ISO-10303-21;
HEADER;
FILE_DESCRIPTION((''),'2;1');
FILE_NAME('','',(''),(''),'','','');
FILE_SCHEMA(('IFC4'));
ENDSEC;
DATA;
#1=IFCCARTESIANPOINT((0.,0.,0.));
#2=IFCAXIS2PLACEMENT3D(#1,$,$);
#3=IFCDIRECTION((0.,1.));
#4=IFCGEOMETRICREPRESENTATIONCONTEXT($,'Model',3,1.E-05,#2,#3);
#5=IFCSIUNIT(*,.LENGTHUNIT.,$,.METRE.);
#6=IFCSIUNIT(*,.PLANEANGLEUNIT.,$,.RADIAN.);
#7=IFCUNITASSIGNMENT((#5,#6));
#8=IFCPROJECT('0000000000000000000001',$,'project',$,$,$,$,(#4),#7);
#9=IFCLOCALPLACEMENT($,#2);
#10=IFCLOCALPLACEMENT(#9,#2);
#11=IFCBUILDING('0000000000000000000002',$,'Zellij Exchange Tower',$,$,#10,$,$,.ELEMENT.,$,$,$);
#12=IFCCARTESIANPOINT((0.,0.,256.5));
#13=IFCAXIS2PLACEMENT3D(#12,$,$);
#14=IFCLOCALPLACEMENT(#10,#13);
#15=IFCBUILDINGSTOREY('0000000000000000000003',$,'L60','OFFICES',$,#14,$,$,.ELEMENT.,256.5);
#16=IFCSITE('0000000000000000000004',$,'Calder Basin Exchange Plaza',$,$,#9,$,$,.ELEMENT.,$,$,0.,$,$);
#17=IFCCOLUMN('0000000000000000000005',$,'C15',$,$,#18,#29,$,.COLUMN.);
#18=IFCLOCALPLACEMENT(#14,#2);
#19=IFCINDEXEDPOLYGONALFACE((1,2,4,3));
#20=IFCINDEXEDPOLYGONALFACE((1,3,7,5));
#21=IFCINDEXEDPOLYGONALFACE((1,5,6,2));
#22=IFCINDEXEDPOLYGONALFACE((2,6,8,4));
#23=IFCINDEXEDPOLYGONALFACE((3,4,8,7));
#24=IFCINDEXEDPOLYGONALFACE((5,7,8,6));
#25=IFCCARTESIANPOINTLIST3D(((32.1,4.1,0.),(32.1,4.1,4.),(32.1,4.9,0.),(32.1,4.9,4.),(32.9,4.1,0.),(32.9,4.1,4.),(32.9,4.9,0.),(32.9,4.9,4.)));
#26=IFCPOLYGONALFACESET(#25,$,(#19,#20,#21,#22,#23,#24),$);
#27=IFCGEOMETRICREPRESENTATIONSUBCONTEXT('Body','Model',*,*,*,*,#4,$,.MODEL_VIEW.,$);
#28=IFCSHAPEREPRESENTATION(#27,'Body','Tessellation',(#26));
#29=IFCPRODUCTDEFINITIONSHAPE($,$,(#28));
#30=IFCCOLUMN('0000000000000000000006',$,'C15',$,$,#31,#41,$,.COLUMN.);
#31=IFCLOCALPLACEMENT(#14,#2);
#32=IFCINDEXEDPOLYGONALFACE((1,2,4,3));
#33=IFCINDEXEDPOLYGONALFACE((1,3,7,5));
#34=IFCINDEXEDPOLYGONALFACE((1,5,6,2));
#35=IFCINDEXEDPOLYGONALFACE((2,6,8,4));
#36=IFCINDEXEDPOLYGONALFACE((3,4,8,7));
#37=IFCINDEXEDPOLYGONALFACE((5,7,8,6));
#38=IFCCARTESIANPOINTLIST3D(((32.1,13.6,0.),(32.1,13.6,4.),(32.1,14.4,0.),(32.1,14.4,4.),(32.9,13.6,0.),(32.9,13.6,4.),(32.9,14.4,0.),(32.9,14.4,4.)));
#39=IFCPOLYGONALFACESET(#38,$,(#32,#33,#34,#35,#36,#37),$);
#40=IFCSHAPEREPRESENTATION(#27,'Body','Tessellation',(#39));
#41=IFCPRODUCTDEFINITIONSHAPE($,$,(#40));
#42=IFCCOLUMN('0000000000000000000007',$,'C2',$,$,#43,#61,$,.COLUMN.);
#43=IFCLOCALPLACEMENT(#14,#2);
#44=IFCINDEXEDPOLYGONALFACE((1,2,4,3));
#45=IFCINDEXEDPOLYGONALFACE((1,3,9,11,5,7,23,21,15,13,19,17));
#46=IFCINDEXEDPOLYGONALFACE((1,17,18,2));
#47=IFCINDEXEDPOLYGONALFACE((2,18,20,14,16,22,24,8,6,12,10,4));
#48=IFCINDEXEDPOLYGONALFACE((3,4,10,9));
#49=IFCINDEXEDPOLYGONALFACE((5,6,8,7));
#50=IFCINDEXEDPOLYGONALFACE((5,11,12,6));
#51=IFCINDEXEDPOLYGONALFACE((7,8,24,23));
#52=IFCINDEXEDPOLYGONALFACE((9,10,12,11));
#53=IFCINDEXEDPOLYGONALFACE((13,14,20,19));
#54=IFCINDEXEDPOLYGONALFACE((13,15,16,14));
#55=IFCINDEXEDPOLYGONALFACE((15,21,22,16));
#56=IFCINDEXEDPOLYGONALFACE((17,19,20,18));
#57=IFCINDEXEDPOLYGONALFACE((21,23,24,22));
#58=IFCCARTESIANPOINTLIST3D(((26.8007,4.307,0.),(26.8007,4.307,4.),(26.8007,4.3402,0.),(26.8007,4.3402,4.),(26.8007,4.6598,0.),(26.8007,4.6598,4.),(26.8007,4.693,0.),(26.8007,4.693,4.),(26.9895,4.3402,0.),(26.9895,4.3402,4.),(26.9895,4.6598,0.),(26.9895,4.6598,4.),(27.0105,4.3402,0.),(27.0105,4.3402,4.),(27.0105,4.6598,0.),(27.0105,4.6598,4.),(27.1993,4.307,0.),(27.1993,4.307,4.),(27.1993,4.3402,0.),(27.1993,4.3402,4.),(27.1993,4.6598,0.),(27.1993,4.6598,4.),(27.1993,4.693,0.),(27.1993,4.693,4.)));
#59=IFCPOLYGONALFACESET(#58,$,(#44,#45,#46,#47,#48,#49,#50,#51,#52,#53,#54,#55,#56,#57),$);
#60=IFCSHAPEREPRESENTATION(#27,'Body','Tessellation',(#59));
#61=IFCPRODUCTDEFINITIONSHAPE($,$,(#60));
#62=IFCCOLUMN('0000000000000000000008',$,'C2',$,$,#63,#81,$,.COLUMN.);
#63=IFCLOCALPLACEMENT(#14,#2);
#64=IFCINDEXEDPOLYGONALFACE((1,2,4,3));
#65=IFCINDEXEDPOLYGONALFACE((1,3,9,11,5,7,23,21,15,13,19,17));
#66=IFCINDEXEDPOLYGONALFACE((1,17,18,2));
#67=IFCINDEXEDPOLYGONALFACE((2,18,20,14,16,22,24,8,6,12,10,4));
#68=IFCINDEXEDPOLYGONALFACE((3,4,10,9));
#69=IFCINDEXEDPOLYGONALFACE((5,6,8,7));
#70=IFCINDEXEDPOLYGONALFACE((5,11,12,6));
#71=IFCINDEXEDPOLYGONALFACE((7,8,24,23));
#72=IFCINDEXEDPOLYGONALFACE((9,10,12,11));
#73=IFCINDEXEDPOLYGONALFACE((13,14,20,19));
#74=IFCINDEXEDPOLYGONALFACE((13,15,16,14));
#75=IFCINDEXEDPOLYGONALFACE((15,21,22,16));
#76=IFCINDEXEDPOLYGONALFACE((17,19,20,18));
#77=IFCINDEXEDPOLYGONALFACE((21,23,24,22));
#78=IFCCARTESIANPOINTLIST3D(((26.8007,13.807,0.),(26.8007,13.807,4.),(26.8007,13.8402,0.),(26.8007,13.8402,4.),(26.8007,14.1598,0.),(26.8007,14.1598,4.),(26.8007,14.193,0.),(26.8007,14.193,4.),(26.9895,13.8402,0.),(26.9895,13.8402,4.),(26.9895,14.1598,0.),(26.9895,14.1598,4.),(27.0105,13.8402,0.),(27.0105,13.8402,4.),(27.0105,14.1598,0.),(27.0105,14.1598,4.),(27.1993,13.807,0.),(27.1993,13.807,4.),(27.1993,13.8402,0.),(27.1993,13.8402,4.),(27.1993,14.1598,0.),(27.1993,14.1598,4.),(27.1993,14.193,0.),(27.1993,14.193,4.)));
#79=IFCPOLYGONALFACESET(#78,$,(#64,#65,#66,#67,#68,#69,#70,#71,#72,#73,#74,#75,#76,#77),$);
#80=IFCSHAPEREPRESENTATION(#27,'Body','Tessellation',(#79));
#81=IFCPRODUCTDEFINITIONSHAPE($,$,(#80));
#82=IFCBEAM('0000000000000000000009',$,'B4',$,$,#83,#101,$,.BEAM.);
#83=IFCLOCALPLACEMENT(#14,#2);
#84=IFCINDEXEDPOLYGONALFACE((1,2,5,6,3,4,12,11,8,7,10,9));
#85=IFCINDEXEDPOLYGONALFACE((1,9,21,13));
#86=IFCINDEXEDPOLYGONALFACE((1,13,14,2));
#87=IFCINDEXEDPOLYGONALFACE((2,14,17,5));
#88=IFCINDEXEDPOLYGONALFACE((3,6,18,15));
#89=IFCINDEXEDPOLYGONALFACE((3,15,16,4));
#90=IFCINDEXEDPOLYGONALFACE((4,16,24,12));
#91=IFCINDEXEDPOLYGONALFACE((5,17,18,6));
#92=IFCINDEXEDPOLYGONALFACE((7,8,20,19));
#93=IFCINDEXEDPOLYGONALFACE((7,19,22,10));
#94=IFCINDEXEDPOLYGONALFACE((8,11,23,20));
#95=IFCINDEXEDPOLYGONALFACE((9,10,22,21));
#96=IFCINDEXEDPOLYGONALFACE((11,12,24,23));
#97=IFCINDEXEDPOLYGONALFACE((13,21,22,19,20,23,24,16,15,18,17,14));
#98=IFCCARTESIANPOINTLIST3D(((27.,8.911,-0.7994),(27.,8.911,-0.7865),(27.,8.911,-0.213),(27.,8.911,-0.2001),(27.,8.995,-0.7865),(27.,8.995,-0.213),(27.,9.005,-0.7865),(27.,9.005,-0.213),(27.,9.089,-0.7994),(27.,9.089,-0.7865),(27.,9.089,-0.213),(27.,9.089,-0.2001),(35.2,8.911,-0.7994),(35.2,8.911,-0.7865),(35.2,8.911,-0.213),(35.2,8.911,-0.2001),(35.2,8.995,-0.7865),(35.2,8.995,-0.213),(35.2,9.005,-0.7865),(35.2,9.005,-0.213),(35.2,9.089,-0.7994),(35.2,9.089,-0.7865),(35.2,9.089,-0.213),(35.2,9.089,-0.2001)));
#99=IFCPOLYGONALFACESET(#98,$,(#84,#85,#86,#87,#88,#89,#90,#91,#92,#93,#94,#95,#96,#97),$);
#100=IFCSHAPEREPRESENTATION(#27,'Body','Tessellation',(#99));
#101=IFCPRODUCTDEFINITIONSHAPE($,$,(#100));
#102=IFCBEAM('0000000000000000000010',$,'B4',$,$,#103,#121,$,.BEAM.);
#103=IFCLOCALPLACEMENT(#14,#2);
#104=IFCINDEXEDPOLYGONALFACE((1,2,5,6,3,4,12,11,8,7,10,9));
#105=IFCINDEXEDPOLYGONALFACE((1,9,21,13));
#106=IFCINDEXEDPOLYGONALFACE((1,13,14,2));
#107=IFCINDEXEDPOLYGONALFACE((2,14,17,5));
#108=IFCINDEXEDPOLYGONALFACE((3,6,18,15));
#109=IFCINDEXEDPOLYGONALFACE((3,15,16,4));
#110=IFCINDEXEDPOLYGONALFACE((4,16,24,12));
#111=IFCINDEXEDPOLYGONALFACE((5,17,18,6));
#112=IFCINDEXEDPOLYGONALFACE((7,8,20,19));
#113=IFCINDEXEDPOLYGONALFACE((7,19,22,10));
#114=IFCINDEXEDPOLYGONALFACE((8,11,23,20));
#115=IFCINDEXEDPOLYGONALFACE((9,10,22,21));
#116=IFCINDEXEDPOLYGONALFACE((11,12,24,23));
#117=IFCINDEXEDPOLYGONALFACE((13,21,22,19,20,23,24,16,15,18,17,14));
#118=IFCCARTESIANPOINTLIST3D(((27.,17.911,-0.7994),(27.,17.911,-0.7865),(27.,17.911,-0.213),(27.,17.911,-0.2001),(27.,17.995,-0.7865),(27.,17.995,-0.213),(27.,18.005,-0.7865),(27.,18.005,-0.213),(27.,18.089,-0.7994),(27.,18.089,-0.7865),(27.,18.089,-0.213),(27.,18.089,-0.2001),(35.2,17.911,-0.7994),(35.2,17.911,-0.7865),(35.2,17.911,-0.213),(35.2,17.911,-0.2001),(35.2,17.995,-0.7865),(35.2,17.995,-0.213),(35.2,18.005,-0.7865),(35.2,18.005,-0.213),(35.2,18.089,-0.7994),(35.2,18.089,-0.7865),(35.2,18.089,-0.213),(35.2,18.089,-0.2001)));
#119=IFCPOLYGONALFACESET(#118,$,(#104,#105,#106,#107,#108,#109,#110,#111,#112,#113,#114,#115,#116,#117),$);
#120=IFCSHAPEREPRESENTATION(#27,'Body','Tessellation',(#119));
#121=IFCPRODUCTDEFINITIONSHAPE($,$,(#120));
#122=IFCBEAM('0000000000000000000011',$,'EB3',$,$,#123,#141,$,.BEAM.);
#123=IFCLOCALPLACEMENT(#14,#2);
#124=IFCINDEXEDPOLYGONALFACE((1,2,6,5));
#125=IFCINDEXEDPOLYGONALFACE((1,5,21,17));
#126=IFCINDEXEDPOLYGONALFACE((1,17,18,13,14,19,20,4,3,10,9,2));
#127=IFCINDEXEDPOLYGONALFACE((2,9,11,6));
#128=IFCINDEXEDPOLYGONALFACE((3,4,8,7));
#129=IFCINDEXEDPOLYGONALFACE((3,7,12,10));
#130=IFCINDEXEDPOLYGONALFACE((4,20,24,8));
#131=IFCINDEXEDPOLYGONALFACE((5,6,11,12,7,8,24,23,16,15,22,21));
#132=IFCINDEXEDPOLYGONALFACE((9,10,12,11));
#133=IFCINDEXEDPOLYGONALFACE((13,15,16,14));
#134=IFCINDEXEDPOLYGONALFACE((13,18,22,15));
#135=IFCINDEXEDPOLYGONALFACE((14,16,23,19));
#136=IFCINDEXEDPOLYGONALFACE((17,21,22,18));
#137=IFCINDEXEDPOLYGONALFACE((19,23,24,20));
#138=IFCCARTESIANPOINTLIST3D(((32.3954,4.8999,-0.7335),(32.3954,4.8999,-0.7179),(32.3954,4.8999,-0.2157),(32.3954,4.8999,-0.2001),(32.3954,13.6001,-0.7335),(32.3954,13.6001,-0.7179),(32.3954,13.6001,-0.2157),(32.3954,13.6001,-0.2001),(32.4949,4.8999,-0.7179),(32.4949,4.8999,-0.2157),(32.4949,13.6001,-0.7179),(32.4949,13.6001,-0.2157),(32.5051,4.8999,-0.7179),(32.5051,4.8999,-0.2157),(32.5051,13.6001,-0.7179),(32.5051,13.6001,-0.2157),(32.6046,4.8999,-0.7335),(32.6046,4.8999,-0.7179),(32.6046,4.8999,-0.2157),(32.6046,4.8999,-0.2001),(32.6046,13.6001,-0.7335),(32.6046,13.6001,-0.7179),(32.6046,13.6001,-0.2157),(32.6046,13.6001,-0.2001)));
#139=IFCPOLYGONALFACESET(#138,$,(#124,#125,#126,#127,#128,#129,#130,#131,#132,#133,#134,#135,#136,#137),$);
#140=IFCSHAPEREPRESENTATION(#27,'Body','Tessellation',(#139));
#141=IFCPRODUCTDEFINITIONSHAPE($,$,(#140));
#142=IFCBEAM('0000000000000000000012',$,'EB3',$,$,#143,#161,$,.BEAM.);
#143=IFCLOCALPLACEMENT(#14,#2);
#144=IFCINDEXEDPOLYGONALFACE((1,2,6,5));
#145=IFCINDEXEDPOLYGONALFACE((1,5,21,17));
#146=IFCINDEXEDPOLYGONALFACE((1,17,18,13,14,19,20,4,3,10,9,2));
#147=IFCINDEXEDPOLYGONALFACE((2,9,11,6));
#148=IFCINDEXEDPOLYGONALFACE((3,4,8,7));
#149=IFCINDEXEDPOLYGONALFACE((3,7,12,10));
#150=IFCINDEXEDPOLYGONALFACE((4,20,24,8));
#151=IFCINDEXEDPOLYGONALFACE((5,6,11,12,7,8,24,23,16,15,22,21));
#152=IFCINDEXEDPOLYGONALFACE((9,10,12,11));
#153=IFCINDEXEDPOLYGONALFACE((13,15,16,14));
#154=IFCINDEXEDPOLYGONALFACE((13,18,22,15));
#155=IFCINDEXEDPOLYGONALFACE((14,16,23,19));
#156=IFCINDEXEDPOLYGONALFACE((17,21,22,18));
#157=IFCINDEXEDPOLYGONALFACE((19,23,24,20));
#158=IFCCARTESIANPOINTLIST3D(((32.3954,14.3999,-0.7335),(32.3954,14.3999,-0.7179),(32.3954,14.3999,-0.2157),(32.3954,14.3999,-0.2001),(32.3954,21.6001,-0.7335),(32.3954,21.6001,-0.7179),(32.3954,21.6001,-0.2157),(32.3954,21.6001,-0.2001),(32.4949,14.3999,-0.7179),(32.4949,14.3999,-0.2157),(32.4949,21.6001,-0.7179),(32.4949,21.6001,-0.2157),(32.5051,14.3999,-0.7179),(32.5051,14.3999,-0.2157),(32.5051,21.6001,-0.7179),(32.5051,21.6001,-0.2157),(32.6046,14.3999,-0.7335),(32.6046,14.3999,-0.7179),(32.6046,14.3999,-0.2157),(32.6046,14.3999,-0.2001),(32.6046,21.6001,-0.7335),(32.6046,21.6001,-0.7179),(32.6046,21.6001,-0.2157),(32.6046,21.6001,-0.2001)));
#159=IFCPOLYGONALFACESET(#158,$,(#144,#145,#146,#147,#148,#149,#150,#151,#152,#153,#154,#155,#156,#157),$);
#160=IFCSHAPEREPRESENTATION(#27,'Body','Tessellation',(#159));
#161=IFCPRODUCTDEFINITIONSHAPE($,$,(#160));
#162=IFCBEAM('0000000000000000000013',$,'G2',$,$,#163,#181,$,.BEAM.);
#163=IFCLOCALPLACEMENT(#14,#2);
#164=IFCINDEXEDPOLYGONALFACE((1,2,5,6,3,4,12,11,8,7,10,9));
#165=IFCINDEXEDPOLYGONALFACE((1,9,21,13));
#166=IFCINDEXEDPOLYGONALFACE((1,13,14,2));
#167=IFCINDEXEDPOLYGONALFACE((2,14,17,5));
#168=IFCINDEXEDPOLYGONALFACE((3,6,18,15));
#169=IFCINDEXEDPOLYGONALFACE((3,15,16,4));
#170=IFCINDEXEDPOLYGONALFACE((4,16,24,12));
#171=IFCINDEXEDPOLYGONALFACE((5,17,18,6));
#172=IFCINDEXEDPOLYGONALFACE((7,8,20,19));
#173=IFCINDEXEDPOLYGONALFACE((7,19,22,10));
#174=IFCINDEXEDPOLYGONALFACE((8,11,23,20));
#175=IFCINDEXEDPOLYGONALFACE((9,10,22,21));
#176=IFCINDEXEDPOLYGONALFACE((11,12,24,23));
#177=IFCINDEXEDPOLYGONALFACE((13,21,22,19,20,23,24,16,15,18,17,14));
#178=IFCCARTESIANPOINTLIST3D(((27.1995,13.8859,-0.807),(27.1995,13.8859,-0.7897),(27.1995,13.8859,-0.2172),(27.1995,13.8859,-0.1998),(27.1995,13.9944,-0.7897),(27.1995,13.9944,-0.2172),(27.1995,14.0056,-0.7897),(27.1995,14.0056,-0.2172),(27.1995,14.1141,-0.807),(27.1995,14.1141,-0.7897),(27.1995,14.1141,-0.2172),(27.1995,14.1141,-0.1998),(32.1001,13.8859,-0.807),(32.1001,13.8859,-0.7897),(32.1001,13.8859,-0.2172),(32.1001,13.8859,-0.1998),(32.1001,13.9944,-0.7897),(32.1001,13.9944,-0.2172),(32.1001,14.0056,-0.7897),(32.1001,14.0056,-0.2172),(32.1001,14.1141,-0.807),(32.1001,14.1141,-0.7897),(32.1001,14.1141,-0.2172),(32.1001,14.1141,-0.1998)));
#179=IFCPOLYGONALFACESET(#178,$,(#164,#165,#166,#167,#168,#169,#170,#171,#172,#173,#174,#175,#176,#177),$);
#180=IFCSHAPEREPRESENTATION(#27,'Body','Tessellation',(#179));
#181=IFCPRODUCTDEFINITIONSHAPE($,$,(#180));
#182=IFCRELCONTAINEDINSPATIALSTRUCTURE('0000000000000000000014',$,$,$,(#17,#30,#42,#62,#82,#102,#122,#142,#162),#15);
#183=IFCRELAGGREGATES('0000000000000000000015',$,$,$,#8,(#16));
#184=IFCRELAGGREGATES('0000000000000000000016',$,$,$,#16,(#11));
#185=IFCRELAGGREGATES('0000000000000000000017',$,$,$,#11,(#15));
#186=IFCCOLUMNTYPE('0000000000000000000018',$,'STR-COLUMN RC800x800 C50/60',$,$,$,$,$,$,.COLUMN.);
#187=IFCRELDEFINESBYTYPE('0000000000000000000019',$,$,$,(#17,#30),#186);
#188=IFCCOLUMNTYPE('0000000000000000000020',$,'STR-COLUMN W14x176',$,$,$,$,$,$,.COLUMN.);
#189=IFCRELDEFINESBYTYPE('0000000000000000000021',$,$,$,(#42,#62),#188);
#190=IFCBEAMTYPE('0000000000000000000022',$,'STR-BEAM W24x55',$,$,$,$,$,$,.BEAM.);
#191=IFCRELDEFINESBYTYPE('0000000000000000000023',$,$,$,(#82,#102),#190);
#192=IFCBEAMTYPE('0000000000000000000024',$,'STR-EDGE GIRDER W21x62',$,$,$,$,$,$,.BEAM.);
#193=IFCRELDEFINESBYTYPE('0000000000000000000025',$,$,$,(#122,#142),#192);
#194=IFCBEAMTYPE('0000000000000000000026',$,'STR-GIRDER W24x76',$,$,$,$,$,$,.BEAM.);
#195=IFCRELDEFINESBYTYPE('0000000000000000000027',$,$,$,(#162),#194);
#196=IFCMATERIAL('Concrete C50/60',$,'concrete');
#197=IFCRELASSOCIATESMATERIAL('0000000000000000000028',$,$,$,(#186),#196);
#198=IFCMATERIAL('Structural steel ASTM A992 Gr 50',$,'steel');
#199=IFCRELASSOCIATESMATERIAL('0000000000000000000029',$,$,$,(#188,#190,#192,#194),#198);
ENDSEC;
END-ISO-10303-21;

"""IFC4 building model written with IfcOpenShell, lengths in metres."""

from ifc_helpers import new_model, si_unit, direction, frame, origin, origin_2d, place, context, subcontext, project, spatial, rectangle, i_section, extrude, material, material_profile, profile_set, type_object, element, save


model = new_model("IFC4")

# Units and contexts
model_context = context("Model", 3, precision=1e-05, world=origin(), true_north=direction((0.0, 1.0)))
body_context = subcontext(model_context, "Body", "Model", "MODEL_VIEW")
ifc_project = project(units=[si_unit("LENGTHUNIT", "METRE"), si_unit("PLANEANGLEUNIT", "RADIAN")], contexts=[model_context])

# Site, building, storey
site_placement = place(None, origin())
site = spatial("IfcSite", under=ifc_project, at=site_placement, Name="Calder Basin Exchange Plaza", CompositionType="ELEMENT", RefElevation=0.0)
building_placement = place(site_placement, origin())
building = spatial("IfcBuilding", under=site, at=building_placement, Name="Zellij Exchange Tower", CompositionType="ELEMENT")
storey_placement = place(building_placement, frame((0.0, 0.0, 256.5)))
storey = spatial("IfcBuildingStorey", under=building, at=storey_placement, Name="L60", Description="OFFICES", CompositionType="ELEMENT", Elevation=256.5)

# Columns
ifc_material_1 = material(Name="Concrete C50/60", Category="concrete")
ifc_material_profile_1 = material_profile(ifc_material_1, rectangle(XDim=0.8, YDim=0.8, at=origin_2d()), Name="STR-COLUMN RC800x800 C50/60")
ifc_profile_set_1 = profile_set([ifc_material_profile_1], Name="Concrete C50/60")
column_type_1 = type_object("IfcColumnType", Name="STR-COLUMN RC800x800 C50/60", PredefinedType="COLUMN", material=ifc_profile_set_1)
for number, where, z_axis, x_axis, name in (
    (1, (32.5, 4.5, 0.0), (0.0, 0.0, 1.0), (1.0, 0.0, 0.0), "C15"),
    (2, (32.5, 14.0, 0.0), (0.0, 0.0, 1.0), (1.0, 0.0, 0.0), "C15"),
):
    element("IfcColumn", number, at=place(storey_placement, frame(where, z_axis=z_axis, x_axis=x_axis)), inside=storey, type_object=column_type_1, Name=name, PredefinedType="COLUMN", context=body_context, shape_type="SweptSolid", body=[
        extrude(rectangle(XDim=0.8, YDim=0.8, at=origin_2d()), origin(), (0.0, 0.0, 1.0), 4.0),
    ])
ifc_material_2 = material(Name="Structural steel ASTM A992 Gr 50", Category="steel")
ifc_material_profile_2 = material_profile(ifc_material_2, i_section(OverallWidth=0.3987, OverallDepth=0.386, WebThickness=0.021, FlangeThickness=0.0332, at=origin_2d()), Name="W14x176")
ifc_profile_set_2 = profile_set([ifc_material_profile_2], Name="Structural steel ASTM A992 Gr 50")
column_type_2 = type_object("IfcColumnType", Name="STR-COLUMN W14x176", PredefinedType="COLUMN", material=ifc_profile_set_2)
for number, where, z_axis, x_axis, name in (
    (3, (27.0, 4.5, 0.0), (0.0, 0.0, 1.0), (1.0, 0.0, 0.0), "C2"),
    (4, (27.0, 14.0, 0.0), (0.0, 0.0, 1.0), (1.0, 0.0, 0.0), "C2"),
):
    element("IfcColumn", number, at=place(storey_placement, frame(where, z_axis=z_axis, x_axis=x_axis)), inside=storey, type_object=column_type_2, Name=name, PredefinedType="COLUMN", context=body_context, shape_type="SweptSolid", body=[
        extrude(i_section(OverallWidth=0.3987, OverallDepth=0.386, WebThickness=0.021, FlangeThickness=0.0332, at=origin_2d()), origin(), (0.0, 0.0, 1.0), 4.0),
    ])

# Beams
ifc_material_profile_3 = material_profile(ifc_material_2, i_section(OverallWidth=0.178, OverallDepth=0.5994, WebThickness=0.01, FlangeThickness=0.0129, at=origin_2d()), Name="W24x55")
ifc_profile_set_3 = profile_set([ifc_material_profile_3], Name="Structural steel ASTM A992 Gr 50")
beam_type_1 = type_object("IfcBeamType", Name="STR-BEAM W24x55", PredefinedType="BEAM", material=ifc_profile_set_3)
for number, where, z_axis, x_axis, name in (
    (5, (27.0, 9.0, -0.4998), (1.0, 0.0, 0.0), (0.0, 1.0, 0.0), "B4"),
    (6, (27.0, 18.0, -0.4998), (1.0, 0.0, 0.0), (0.0, 1.0, 0.0), "B4"),
):
    element("IfcBeam", number, at=place(storey_placement, frame(where, z_axis=z_axis, x_axis=x_axis)), inside=storey, type_object=beam_type_1, Name=name, PredefinedType="BEAM", context=body_context, shape_type="SweptSolid", body=[
        extrude(i_section(OverallWidth=0.178, OverallDepth=0.5994, WebThickness=0.01, FlangeThickness=0.0129, at=origin_2d()), origin(), (0.0, 0.0, 1.0), 8.2),
    ])
ifc_material_profile_4 = material_profile(ifc_material_2, i_section(OverallWidth=0.2092, OverallDepth=0.5334, WebThickness=0.0103, FlangeThickness=0.0156, at=origin_2d()), Name="W21x62")
ifc_profile_set_4 = profile_set([ifc_material_profile_4], Name="Structural steel ASTM A992 Gr 50")
beam_type_2 = type_object("IfcBeamType", Name="STR-EDGE GIRDER W21x62", PredefinedType="BEAM", material=ifc_profile_set_4)
beam_1_placement = place(storey_placement, frame((32.5, 4.8999, -0.4668), z_axis=(0.0, 1.0, 0.0), x_axis=(-1.0, 0.0, 0.0)))
element("IfcBeam", 7, at=beam_1_placement, inside=storey, type_object=beam_type_2, Name="EB3", PredefinedType="BEAM", context=body_context, shape_type="SweptSolid", body=[
    extrude(i_section(OverallWidth=0.2092, OverallDepth=0.5334, WebThickness=0.0103, FlangeThickness=0.0156, at=origin_2d()), origin(), (0.0, 0.0, 1.0), 8.7002),
])
beam_2_placement = place(storey_placement, frame((32.5, 14.3999, -0.4668), z_axis=(0.0, 1.0, 0.0), x_axis=(-1.0, 0.0, 0.0)))
element("IfcBeam", 8, at=beam_2_placement, inside=storey, type_object=beam_type_2, Name="EB3", PredefinedType="BEAM", context=body_context, shape_type="SweptSolid", body=[
    extrude(i_section(OverallWidth=0.2092, OverallDepth=0.5334, WebThickness=0.0103, FlangeThickness=0.0156, at=origin_2d()), origin(), (0.0, 0.0, 1.0), 7.2002),
])
ifc_material_profile_5 = material_profile(ifc_material_2, i_section(OverallWidth=0.2283, OverallDepth=0.6072, WebThickness=0.0112, FlangeThickness=0.0173, at=origin_2d()), Name="W24x76")
ifc_profile_set_5 = profile_set([ifc_material_profile_5], Name="Structural steel ASTM A992 Gr 50")
beam_type_3 = type_object("IfcBeamType", Name="STR-GIRDER W24x76", PredefinedType="BEAM", material=ifc_profile_set_5)
beam_3_placement = place(storey_placement, frame((27.1995, 14.0, -0.5034), z_axis=(1.0, 0.0, 0.0), x_axis=(0.0, 1.0, 0.0)))
element("IfcBeam", 9, at=beam_3_placement, inside=storey, type_object=beam_type_3, Name="G2", PredefinedType="BEAM", context=body_context, shape_type="SweptSolid", body=[
    extrude(i_section(OverallWidth=0.2283, OverallDepth=0.6072, WebThickness=0.0112, FlangeThickness=0.0173, at=origin_2d()), origin(), (0.0, 0.0, 1.0), 4.9006),
])

save(model, "model.ifc")
